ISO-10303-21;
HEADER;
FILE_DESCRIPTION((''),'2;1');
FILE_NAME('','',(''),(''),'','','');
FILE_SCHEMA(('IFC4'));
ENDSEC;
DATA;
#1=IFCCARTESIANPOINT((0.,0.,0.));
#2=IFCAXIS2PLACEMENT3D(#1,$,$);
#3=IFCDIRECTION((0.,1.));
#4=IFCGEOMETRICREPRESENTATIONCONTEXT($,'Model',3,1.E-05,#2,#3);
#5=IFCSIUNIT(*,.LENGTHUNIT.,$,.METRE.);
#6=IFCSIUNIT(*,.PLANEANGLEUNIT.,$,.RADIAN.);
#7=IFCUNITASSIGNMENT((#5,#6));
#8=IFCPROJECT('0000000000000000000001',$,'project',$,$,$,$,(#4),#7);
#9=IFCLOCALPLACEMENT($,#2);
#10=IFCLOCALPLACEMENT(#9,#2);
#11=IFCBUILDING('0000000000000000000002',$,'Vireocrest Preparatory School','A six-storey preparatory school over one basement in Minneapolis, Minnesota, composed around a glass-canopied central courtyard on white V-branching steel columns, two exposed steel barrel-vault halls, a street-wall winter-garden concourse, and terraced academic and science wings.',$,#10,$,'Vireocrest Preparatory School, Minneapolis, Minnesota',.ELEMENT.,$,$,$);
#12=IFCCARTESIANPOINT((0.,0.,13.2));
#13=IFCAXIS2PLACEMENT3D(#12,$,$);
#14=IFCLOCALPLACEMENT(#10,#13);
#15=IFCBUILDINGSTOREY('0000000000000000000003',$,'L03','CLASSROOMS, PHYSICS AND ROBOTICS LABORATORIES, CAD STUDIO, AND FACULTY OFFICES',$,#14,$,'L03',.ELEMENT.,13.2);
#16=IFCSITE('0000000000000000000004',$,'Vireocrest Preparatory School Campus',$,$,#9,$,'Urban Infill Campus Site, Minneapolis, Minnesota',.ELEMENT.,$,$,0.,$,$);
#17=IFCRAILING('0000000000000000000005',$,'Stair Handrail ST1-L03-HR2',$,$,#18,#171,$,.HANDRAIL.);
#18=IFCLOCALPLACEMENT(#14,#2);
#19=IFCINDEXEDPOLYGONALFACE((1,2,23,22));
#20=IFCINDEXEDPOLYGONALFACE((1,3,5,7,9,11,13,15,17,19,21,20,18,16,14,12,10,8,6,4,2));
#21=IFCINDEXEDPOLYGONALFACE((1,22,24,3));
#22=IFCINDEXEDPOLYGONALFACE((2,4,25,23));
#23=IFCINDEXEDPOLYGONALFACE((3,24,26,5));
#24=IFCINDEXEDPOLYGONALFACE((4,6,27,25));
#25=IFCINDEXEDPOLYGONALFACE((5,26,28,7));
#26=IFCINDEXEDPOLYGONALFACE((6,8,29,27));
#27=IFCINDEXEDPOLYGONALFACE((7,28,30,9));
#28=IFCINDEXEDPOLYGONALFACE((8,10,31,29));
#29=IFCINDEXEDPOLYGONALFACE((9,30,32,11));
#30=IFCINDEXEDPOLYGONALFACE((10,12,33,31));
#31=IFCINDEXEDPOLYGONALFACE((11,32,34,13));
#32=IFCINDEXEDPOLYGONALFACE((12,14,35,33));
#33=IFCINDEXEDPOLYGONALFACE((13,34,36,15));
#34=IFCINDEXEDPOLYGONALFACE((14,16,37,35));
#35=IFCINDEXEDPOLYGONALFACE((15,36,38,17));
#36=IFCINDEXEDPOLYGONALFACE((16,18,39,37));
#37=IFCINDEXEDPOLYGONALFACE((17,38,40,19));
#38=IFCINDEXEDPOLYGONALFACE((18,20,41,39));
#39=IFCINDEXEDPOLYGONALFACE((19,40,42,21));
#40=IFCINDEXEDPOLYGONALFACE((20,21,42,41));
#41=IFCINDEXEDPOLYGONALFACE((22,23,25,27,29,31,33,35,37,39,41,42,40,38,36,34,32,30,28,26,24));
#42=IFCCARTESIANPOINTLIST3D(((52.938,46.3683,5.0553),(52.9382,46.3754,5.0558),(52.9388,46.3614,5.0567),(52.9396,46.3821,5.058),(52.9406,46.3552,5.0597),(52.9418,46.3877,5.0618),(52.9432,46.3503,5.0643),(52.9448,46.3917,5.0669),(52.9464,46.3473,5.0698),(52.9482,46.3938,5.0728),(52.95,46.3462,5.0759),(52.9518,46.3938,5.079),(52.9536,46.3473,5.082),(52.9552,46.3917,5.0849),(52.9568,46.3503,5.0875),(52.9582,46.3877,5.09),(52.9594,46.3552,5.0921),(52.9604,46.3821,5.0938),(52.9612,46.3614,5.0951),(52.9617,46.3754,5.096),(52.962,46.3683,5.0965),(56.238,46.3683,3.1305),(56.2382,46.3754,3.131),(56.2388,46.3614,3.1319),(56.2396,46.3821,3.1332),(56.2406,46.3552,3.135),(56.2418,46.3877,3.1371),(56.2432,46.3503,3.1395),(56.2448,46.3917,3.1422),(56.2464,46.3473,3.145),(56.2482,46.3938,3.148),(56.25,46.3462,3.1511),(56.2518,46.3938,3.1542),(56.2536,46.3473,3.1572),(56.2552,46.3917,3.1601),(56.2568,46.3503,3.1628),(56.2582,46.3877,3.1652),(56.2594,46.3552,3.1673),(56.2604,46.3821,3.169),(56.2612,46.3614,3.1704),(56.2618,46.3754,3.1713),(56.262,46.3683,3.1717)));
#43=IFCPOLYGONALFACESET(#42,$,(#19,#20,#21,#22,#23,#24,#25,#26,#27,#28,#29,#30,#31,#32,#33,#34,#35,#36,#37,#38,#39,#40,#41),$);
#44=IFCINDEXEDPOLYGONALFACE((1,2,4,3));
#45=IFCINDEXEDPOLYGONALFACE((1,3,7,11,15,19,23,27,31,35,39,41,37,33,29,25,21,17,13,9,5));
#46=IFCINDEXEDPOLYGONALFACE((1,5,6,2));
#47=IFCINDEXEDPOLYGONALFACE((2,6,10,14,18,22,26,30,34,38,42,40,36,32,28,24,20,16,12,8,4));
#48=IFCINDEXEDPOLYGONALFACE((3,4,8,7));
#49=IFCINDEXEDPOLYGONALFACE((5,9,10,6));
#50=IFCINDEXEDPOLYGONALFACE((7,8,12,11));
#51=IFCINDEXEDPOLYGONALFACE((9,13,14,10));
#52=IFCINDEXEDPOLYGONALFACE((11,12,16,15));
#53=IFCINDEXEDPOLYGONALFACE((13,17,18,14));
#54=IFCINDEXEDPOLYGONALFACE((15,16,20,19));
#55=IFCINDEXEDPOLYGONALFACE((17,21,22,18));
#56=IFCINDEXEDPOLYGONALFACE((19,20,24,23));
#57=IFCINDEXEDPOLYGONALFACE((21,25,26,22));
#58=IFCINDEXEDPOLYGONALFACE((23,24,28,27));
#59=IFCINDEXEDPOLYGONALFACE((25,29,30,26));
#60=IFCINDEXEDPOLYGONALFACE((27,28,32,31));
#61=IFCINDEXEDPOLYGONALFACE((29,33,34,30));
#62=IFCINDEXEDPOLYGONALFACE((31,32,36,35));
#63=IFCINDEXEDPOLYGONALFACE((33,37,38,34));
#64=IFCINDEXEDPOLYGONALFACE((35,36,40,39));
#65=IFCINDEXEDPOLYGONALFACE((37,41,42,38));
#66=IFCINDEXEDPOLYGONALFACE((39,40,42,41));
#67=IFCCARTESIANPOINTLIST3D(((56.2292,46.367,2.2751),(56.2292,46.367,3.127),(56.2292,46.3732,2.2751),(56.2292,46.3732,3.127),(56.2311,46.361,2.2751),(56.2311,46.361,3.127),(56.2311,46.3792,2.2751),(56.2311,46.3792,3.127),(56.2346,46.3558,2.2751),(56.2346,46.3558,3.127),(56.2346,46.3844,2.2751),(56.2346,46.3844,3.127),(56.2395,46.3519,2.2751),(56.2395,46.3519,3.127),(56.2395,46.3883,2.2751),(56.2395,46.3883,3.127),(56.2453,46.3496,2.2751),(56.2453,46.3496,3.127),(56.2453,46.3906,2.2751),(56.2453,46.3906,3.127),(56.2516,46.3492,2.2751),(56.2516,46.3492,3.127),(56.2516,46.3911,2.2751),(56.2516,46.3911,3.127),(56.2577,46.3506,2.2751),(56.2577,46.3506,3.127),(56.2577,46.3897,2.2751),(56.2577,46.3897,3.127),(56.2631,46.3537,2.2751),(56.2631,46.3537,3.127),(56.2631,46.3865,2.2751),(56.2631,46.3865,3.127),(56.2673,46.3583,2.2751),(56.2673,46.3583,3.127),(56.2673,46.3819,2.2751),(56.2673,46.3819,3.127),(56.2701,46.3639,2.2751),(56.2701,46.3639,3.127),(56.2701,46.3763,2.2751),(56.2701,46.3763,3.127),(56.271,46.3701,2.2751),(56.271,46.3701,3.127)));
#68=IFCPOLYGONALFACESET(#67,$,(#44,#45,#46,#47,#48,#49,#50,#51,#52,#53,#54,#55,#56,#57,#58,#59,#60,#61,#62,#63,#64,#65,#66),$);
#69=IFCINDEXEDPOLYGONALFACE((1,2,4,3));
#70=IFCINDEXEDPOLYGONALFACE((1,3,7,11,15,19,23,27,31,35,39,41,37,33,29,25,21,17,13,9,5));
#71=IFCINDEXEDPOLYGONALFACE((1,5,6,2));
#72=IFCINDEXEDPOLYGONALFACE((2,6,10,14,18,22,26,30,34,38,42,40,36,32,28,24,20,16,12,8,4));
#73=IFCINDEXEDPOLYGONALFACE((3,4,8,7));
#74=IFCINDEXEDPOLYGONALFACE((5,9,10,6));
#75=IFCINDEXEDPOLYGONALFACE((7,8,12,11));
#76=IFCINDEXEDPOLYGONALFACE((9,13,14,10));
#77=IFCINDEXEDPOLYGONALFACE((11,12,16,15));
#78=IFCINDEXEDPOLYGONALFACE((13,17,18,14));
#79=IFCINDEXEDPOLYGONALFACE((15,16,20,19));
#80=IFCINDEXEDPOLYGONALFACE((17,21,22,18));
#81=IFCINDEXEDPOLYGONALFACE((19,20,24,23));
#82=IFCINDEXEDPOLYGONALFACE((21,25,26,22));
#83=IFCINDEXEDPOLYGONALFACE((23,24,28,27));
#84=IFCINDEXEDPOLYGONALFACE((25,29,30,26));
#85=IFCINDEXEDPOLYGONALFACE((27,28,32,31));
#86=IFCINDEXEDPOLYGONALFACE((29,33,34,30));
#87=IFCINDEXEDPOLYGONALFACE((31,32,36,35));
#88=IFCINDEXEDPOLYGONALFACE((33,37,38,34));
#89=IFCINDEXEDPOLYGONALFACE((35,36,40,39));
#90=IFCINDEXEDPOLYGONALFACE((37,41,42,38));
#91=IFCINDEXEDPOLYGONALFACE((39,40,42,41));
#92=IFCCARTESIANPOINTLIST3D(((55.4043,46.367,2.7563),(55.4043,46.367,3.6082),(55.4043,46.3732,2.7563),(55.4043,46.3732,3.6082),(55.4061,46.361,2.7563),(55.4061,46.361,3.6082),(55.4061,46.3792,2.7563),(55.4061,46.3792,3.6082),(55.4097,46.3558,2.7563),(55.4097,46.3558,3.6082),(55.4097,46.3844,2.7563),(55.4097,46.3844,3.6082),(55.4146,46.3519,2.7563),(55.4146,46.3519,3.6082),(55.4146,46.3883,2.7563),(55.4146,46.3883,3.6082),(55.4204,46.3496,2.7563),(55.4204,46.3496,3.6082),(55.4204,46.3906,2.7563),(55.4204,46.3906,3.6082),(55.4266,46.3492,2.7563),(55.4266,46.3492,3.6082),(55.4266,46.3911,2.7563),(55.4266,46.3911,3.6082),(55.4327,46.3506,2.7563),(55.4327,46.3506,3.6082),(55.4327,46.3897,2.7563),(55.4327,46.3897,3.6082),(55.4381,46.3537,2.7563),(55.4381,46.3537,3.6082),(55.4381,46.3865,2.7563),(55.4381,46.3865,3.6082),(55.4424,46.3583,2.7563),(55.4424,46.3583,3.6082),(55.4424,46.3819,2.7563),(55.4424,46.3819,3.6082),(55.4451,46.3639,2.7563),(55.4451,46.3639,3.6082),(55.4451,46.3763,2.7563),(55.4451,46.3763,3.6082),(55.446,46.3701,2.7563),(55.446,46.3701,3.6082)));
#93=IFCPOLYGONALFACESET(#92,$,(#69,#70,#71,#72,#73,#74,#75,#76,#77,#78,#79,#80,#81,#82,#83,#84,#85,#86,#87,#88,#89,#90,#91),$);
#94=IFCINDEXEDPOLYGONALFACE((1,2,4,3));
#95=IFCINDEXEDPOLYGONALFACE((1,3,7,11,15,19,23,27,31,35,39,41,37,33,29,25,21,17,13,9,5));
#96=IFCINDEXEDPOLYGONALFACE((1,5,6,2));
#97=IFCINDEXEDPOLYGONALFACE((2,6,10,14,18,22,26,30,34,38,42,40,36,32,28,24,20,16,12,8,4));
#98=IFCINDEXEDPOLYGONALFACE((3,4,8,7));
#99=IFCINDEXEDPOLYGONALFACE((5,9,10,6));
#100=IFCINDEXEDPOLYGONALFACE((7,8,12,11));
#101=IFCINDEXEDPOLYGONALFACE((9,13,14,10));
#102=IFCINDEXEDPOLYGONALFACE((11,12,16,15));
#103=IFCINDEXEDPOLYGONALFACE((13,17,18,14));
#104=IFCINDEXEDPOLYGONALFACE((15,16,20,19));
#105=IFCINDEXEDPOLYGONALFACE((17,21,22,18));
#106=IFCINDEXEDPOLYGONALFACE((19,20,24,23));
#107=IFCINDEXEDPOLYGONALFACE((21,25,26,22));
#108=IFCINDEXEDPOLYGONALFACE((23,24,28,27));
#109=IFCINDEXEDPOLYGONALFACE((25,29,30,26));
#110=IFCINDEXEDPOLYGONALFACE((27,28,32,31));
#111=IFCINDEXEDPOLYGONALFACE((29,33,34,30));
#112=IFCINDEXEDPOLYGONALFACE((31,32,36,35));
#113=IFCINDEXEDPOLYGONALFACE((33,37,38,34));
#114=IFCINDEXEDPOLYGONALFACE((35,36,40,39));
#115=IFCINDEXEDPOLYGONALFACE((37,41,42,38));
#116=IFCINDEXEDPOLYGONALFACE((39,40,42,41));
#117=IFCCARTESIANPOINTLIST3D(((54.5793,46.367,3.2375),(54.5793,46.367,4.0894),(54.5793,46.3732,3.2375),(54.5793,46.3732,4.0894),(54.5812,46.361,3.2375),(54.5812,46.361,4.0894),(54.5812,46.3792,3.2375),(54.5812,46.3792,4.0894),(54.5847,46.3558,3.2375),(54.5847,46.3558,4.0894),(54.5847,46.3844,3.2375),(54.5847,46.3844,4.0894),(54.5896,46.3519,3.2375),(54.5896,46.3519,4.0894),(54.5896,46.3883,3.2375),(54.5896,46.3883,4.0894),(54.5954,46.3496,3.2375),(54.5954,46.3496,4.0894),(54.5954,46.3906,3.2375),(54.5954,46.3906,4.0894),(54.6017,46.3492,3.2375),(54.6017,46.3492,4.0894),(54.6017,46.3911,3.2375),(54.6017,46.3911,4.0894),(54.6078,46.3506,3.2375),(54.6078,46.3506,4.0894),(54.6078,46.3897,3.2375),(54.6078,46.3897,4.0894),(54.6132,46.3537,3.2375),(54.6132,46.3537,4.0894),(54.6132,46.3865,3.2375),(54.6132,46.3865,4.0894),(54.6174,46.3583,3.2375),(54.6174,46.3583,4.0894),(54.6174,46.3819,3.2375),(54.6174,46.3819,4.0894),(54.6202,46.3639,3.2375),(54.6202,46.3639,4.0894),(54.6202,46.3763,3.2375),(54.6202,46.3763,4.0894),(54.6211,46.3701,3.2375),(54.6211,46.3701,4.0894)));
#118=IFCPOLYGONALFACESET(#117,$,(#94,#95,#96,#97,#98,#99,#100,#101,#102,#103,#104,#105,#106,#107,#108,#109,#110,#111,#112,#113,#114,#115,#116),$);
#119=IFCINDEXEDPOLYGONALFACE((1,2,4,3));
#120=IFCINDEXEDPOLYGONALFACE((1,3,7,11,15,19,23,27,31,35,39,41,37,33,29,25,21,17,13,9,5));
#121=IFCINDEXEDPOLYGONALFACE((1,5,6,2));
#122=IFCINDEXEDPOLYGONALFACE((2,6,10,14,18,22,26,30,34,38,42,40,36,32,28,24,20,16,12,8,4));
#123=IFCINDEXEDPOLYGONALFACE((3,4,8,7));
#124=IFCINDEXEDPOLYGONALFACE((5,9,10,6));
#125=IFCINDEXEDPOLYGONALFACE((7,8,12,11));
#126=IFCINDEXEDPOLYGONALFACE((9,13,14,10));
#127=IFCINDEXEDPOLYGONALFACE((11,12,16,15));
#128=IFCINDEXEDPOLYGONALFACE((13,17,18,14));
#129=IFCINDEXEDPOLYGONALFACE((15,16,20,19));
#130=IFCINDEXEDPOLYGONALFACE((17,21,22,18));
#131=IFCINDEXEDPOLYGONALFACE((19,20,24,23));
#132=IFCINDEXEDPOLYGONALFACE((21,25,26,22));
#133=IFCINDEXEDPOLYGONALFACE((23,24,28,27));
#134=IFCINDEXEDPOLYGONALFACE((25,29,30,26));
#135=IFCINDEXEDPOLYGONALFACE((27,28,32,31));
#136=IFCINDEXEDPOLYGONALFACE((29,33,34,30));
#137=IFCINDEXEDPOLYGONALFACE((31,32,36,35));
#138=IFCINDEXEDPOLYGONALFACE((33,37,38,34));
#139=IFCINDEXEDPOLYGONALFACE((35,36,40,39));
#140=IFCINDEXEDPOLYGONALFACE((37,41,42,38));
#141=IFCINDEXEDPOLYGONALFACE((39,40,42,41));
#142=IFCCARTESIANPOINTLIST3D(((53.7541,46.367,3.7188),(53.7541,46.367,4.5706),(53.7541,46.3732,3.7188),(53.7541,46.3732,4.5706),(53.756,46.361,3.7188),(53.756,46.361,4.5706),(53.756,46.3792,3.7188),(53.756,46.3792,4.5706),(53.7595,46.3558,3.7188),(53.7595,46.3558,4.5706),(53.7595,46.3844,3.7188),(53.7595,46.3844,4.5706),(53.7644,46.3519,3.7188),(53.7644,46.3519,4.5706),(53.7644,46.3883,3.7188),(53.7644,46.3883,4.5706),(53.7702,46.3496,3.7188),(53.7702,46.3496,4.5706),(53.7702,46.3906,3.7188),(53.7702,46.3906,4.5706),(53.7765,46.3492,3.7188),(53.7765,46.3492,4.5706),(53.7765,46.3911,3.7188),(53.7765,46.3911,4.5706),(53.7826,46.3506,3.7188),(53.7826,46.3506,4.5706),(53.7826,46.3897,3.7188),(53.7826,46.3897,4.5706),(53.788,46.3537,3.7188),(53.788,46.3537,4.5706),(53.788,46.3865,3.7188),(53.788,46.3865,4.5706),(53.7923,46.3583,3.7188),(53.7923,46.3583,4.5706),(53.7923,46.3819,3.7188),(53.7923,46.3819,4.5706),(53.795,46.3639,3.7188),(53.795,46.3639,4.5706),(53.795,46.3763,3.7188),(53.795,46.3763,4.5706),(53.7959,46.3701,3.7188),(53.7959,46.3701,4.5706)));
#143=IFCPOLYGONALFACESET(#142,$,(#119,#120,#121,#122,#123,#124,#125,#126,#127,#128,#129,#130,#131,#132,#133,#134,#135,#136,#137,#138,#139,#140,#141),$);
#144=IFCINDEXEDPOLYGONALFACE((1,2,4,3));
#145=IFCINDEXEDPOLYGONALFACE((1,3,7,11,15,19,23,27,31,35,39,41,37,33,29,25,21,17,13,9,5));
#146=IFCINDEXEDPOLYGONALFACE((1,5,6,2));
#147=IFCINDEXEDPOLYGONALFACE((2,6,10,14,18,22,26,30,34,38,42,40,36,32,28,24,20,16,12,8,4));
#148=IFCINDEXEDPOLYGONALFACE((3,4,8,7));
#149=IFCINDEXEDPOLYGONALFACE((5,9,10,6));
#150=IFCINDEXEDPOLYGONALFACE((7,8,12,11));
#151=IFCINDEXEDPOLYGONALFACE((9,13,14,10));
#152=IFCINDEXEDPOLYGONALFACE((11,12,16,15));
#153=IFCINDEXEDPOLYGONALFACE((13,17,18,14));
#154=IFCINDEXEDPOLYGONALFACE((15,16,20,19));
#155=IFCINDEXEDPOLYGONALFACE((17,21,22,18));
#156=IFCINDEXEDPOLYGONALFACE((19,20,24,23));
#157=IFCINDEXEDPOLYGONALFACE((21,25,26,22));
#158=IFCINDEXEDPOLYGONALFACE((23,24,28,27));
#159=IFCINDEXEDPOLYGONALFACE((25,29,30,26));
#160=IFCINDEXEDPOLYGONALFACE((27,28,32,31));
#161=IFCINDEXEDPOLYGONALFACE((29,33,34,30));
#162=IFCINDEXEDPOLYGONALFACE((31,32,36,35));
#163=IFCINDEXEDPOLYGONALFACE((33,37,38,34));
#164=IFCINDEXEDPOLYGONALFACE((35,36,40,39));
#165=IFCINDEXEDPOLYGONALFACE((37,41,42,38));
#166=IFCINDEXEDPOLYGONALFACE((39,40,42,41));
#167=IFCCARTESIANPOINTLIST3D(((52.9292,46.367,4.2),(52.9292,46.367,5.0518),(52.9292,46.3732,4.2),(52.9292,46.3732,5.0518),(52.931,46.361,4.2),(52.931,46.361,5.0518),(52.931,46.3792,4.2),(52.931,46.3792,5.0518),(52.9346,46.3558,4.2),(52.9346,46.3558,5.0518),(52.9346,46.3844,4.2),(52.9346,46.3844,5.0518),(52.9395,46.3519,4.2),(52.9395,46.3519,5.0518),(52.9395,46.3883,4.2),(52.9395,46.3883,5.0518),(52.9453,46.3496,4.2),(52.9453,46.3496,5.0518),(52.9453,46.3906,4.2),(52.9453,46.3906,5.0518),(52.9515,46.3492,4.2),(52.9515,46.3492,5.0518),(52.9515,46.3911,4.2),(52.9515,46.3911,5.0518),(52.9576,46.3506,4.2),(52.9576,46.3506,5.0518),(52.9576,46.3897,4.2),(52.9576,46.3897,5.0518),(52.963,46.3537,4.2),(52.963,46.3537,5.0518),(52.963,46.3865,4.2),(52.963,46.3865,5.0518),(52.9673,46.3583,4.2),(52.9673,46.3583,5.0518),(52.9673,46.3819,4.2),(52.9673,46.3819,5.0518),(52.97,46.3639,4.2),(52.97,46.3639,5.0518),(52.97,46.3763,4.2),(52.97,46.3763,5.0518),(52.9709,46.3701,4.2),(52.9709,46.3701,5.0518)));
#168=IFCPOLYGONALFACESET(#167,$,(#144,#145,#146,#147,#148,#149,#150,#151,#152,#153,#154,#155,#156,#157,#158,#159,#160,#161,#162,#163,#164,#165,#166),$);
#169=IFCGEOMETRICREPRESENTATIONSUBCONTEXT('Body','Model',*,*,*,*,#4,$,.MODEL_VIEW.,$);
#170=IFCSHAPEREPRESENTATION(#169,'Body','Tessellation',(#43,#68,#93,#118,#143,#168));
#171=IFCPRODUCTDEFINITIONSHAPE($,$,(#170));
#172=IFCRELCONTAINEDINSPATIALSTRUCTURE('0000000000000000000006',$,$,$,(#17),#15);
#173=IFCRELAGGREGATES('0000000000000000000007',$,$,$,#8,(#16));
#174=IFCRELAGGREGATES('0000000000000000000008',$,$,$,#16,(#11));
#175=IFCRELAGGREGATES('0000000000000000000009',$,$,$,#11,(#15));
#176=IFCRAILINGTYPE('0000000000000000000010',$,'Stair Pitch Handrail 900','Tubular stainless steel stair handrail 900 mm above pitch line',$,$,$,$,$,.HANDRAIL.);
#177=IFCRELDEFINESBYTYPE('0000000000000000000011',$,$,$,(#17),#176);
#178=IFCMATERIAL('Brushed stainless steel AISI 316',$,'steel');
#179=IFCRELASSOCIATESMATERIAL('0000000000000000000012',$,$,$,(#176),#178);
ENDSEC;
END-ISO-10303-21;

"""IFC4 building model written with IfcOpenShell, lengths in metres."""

from ifc_helpers import new_model, si_unit, direction, frame, origin, origin_2d, place, context, subcontext, project, spatial, circle, extrude, material, type_object, element, save


model = new_model("IFC4")

# Units and contexts
model_context = context("Model", 3, precision=1e-05, world=origin(), true_north=direction((0.0, 1.0)))
body_context = subcontext(model_context, "Body", "Model", "MODEL_VIEW")
ifc_project = project(units=[si_unit("LENGTHUNIT", "METRE"), si_unit("PLANEANGLEUNIT", "RADIAN")], contexts=[model_context])

# Site, building, storey
site_placement = place(None, origin())
site = spatial("IfcSite", under=ifc_project, at=site_placement, Name="Vireocrest Preparatory School Campus", LongName="Urban Infill Campus Site, Minneapolis, Minnesota", CompositionType="ELEMENT", RefElevation=0.0)
building_placement = place(site_placement, origin())
building = spatial("IfcBuilding", under=site, at=building_placement, Name="Vireocrest Preparatory School", Description="A six-storey preparatory school over one basement in Minneapolis, Minnesota, composed around a glass-canopied central courtyard on white V-branching steel columns, two exposed steel barrel-vault halls, a street-wall winter-garden concourse, and terraced academic and science wings.", LongName="Vireocrest Preparatory School, Minneapolis, Minnesota", CompositionType="ELEMENT")
storey_placement = place(building_placement, frame((0.0, 0.0, 13.2)))
storey = spatial("IfcBuildingStorey", under=building, at=storey_placement, Name="L03", Description="CLASSROOMS, PHYSICS AND ROBOTICS LABORATORIES, CAD STUDIO, AND FACULTY OFFICES", LongName="L03", CompositionType="ELEMENT", Elevation=13.2)

# Railing
ifc_material_1 = material(Name="Brushed stainless steel AISI 316", Category="steel")
railing_type_1 = type_object("IfcRailingType", Name="Stair Pitch Handrail 900", Description="Tubular stainless steel stair handrail 900 mm above pitch line", PredefinedType="HANDRAIL", material=ifc_material_1)
railing_1_placement = place(storey_placement, frame((56.25, 46.3701, 2.2751)))
element("IfcRailing", 1, at=railing_1_placement, inside=storey, type_object=railing_type_1, Name="Stair Handrail ST1-L03-HR2", PredefinedType="HANDRAIL", context=body_context, shape_type="SweptSolid", body=[
    extrude(circle(Radius=0.0239, at=origin_2d()), frame((0.0, 0.0, 0.876), z_axis=(-0.863804, 0.0, 0.503827), x_axis=(0.0, -1.0, 0.0)), (0.0, 0.0, 1.0), 3.8203),
    extrude(circle(Radius=0.021, at=origin_2d()), origin(), (0.0, 0.0, 1.0), 0.8518),
    extrude(circle(Radius=0.021, at=origin_2d()), frame((-0.825, 0.0, 0.4812)), (0.0, 0.0, 1.0), 0.8518),
    extrude(circle(Radius=0.021, at=origin_2d()), frame((-1.6499, 0.0, 0.9624)), (0.0, 0.0, 1.0), 0.8518),
    extrude(circle(Radius=0.021, at=origin_2d()), frame((-2.4751, 0.0, 1.4436)), (0.0, 0.0, 1.0), 0.8518),
    extrude(circle(Radius=0.021, at=origin_2d()), frame((-3.3, 0.0, 1.9248)), (0.0, 0.0, 1.0), 0.8518),
])

save(model, "model.ifc")
